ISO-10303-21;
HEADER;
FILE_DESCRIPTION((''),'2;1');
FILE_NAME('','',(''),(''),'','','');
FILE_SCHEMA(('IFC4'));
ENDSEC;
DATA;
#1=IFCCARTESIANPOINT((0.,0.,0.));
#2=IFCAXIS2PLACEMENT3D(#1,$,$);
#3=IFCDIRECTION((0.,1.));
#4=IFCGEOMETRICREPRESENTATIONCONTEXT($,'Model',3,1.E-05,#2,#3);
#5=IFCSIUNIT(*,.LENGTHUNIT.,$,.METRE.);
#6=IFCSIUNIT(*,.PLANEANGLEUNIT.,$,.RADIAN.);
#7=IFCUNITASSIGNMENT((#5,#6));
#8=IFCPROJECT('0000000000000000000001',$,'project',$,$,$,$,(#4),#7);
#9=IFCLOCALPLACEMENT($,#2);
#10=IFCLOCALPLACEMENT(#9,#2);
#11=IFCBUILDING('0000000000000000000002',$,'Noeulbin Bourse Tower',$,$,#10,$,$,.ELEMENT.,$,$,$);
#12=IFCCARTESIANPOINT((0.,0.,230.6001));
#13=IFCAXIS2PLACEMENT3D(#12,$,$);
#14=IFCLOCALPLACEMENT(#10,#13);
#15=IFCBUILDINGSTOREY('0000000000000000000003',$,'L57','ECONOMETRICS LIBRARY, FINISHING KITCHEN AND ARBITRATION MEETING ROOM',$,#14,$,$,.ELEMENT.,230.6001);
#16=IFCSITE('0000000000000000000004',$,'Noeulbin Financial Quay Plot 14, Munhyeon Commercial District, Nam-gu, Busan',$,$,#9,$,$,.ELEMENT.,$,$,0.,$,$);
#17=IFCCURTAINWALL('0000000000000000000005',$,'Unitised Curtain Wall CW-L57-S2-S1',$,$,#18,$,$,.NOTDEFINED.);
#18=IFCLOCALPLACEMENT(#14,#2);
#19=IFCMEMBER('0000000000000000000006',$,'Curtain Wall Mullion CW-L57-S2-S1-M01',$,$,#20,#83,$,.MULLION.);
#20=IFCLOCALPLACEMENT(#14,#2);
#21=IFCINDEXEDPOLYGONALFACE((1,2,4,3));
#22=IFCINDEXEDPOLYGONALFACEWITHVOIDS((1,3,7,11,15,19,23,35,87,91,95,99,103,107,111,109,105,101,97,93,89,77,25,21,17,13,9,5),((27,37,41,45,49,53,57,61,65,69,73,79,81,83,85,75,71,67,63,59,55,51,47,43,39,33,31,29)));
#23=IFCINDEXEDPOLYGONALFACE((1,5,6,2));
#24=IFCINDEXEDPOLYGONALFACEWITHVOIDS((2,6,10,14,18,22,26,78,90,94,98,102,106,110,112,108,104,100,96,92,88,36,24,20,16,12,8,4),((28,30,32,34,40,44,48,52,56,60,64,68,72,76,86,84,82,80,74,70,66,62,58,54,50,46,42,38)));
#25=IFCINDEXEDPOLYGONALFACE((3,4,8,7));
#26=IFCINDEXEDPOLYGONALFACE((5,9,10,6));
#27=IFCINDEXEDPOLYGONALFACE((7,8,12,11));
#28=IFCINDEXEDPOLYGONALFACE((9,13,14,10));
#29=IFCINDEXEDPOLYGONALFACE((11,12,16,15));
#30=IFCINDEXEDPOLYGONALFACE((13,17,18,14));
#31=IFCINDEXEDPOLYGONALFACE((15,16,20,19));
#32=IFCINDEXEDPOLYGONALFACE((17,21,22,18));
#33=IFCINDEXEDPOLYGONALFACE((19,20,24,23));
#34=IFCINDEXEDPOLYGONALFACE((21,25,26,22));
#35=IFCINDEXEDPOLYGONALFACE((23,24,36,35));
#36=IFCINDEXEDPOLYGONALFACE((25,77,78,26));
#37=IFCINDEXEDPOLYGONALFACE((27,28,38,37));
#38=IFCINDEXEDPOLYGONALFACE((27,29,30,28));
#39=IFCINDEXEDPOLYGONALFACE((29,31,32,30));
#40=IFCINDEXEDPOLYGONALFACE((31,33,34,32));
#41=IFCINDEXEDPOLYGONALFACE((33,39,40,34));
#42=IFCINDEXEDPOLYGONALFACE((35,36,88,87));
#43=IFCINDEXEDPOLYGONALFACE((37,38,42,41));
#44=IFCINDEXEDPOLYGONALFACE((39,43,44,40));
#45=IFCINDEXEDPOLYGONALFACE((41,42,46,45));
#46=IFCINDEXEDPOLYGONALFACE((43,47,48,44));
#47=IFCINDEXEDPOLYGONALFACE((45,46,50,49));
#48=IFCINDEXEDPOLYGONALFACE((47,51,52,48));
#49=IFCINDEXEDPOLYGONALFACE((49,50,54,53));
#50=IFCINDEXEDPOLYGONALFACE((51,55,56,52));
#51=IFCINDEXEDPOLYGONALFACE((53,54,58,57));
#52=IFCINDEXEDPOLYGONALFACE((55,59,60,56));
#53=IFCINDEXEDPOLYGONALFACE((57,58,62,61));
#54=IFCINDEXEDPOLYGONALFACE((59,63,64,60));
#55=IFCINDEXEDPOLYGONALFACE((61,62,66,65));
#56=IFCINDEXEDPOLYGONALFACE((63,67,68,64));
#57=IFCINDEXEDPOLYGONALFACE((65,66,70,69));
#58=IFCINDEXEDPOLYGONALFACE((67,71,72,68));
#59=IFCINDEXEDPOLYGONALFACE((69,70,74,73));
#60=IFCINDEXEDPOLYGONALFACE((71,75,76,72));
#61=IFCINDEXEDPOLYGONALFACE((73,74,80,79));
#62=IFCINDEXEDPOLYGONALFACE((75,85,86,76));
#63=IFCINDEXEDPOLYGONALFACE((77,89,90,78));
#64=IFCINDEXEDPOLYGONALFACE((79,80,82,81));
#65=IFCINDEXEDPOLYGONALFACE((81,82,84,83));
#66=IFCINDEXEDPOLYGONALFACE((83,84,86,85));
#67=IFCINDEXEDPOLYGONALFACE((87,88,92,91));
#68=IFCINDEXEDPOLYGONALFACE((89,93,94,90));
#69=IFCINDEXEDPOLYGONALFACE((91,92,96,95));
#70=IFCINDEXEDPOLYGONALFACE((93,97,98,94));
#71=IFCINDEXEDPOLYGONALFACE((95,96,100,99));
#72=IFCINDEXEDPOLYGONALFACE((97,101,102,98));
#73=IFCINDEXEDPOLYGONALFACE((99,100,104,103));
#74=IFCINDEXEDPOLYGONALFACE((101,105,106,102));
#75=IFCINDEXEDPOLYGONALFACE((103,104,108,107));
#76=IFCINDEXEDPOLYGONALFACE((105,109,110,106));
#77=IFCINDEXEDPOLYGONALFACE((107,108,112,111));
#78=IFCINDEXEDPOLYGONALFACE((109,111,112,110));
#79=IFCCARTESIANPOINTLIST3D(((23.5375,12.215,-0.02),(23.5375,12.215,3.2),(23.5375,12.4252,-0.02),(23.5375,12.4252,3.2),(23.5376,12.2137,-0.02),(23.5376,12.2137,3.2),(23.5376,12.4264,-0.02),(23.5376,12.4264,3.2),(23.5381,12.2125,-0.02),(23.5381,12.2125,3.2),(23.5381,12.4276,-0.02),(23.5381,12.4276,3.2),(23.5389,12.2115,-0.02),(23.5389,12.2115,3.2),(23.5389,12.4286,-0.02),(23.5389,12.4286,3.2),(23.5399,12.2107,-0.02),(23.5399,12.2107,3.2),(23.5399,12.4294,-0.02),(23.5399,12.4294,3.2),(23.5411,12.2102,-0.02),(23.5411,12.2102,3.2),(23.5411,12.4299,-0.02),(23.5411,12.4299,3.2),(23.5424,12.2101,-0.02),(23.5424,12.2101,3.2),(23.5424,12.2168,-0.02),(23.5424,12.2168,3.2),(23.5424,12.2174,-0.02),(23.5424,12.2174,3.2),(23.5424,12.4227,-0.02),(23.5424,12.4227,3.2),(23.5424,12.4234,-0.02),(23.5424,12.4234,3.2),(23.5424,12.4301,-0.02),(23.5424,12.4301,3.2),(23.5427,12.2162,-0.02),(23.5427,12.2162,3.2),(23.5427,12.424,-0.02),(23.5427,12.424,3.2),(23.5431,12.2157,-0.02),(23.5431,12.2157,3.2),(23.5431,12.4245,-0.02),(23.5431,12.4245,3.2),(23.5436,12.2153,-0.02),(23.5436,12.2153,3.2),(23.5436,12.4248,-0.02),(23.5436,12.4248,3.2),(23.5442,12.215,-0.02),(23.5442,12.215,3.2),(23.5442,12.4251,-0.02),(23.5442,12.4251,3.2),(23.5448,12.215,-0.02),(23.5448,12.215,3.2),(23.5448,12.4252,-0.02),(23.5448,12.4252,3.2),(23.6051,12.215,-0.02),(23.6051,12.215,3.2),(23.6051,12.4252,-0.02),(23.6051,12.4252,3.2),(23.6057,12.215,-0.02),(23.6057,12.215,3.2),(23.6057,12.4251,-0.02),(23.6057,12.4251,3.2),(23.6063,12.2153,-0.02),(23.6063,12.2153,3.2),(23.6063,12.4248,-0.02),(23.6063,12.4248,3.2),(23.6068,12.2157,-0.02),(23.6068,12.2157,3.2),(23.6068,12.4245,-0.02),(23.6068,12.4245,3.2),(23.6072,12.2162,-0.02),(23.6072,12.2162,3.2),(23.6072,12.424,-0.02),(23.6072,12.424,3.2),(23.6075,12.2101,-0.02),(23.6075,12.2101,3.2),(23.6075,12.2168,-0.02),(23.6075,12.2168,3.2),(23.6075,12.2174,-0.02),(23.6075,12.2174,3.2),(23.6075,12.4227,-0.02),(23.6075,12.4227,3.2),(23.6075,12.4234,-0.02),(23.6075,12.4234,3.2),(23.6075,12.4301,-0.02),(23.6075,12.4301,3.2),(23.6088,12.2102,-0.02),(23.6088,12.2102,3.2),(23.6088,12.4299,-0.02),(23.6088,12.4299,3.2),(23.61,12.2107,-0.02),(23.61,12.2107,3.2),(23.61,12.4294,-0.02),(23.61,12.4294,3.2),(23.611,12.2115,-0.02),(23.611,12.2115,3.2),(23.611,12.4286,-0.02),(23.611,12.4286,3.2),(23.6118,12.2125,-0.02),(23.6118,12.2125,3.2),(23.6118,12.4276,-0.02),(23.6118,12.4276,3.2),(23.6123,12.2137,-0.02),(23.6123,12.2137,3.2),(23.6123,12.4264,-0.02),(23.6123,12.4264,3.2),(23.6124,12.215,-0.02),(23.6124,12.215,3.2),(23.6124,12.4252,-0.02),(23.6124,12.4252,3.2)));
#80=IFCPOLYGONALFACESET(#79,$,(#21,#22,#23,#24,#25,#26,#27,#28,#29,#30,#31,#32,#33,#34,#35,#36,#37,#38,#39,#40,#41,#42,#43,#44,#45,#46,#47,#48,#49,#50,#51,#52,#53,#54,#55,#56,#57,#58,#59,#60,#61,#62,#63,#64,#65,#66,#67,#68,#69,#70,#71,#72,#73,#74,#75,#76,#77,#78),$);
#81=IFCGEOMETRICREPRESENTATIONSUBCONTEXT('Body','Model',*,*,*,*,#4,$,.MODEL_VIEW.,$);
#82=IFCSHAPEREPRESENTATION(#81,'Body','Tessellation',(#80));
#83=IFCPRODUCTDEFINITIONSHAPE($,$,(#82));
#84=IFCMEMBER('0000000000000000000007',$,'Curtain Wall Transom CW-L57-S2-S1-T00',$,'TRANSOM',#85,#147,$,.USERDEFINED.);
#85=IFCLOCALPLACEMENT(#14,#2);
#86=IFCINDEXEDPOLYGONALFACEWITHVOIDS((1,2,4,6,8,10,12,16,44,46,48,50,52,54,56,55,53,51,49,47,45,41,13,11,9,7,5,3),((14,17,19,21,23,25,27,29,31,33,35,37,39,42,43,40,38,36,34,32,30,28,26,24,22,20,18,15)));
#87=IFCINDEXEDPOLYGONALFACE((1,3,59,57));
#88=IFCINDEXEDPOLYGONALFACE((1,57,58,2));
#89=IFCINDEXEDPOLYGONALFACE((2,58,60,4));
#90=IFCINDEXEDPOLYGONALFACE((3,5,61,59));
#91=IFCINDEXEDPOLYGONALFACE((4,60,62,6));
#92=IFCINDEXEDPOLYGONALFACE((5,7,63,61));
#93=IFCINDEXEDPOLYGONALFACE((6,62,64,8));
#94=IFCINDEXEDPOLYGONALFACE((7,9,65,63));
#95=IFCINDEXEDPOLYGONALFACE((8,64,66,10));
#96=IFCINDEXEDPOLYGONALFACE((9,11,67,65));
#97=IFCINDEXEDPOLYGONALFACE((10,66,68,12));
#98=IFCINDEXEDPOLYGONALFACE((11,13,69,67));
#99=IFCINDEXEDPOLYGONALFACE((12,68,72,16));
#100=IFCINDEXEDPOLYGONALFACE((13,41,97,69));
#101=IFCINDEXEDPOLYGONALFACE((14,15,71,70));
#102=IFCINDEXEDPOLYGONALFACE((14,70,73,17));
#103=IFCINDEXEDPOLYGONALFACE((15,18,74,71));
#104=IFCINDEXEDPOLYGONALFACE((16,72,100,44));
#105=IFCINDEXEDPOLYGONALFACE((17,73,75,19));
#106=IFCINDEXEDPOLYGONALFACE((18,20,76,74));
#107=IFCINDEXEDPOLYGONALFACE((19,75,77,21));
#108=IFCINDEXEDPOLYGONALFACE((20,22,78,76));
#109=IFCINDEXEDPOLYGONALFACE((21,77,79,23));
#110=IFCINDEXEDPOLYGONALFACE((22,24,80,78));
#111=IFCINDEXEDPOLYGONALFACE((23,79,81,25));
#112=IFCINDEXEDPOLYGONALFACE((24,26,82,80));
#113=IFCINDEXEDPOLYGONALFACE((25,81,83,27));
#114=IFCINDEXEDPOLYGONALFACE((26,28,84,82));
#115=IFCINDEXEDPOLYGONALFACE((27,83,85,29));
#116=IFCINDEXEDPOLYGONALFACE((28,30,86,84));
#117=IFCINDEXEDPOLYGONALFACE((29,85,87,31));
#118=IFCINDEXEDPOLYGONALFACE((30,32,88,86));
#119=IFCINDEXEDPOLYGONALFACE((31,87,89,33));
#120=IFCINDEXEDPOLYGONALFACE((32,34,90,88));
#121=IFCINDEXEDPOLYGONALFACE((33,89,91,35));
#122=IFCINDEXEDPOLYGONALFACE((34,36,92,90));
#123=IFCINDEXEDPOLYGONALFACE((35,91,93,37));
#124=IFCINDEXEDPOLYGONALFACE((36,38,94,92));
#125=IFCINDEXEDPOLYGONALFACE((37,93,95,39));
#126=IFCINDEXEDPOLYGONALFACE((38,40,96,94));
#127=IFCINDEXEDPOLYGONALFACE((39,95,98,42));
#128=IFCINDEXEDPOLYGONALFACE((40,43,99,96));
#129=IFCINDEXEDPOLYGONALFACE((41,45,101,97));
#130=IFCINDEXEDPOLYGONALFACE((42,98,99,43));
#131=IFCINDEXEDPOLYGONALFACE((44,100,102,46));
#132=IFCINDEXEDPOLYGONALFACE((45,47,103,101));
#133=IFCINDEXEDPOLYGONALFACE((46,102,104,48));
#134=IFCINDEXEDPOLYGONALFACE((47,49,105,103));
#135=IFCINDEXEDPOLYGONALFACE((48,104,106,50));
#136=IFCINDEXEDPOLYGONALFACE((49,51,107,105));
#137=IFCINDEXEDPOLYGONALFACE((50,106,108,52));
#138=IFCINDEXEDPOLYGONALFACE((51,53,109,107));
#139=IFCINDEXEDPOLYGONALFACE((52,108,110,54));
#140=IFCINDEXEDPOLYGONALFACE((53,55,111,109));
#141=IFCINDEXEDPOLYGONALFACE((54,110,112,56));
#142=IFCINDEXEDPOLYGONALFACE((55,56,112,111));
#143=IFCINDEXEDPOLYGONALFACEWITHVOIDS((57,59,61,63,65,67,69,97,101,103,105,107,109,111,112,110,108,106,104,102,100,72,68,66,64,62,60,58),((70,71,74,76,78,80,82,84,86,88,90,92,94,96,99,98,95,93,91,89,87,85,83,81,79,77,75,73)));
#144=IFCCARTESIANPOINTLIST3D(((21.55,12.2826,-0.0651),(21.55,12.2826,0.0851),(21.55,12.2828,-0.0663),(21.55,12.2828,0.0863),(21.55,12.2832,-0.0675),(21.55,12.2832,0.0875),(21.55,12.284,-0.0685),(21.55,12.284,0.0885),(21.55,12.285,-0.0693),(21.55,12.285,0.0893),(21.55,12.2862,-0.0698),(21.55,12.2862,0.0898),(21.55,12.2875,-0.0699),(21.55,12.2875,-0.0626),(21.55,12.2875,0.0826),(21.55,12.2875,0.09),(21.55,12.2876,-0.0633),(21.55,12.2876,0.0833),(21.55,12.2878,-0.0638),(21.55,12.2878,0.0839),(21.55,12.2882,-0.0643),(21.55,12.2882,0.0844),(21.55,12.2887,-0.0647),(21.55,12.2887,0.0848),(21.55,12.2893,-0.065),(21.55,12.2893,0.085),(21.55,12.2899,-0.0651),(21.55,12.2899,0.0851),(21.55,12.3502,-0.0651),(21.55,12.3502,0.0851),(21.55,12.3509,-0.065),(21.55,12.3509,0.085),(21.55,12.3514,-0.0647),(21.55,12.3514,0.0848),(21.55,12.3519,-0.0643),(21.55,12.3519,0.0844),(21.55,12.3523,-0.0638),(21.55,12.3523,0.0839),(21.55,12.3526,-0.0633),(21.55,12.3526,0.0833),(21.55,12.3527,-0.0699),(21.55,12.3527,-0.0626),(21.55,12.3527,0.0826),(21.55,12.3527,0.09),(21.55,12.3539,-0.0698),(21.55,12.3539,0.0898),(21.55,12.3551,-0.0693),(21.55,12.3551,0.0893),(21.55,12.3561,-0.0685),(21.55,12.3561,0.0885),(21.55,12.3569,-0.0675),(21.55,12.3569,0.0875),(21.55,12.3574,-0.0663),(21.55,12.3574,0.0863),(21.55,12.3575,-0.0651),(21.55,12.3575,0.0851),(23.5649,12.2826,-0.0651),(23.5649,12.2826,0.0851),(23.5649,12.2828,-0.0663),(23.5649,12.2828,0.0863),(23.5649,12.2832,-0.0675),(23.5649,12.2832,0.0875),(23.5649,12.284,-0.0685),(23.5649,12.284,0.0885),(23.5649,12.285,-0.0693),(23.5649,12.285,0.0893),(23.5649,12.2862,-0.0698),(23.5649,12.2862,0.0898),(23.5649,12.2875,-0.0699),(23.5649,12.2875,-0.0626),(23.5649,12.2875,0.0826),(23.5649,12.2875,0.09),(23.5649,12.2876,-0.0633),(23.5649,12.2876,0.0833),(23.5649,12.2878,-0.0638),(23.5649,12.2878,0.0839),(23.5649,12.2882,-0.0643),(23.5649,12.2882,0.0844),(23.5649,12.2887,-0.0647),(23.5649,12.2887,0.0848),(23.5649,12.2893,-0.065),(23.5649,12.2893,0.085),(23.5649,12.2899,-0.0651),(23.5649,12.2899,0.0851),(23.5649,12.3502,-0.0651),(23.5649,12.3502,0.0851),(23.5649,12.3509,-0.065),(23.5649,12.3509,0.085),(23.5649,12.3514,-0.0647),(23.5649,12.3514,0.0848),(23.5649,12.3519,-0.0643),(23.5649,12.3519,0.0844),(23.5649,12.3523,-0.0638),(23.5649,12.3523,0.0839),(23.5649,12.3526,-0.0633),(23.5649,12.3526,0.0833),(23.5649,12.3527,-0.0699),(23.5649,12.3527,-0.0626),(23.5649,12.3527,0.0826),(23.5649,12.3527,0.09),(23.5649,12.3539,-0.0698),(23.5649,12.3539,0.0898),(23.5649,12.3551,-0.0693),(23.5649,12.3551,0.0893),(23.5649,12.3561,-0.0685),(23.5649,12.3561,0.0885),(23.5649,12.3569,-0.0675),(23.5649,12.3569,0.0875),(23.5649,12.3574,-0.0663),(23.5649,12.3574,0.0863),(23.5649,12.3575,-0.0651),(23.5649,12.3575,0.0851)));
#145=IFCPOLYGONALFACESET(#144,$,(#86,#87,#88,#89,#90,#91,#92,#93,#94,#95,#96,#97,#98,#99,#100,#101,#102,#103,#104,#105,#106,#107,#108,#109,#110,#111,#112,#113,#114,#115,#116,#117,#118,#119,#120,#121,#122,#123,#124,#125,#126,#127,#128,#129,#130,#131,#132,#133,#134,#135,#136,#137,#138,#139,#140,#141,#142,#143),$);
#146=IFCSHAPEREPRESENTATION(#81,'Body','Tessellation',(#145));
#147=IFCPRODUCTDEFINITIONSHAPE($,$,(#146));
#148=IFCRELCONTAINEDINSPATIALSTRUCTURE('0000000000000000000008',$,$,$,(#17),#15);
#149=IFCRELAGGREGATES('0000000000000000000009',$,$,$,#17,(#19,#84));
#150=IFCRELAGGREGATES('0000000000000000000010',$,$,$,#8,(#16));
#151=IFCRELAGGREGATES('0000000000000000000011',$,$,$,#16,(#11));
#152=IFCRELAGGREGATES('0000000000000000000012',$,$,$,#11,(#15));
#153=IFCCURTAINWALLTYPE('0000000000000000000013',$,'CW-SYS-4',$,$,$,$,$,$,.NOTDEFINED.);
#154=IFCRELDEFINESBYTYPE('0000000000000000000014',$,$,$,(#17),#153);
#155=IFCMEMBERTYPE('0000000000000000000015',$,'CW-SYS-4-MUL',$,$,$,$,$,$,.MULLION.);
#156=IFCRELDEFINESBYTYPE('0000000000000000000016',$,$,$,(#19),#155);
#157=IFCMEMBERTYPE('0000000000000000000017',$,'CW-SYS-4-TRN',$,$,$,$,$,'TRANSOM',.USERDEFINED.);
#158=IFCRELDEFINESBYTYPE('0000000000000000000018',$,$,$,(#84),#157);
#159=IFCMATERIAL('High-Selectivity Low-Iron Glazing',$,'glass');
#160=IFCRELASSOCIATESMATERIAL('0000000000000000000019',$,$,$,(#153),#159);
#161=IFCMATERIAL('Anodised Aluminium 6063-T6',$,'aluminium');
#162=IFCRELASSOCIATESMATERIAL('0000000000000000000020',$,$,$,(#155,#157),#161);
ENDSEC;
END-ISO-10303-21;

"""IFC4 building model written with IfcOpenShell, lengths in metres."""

from ifc_helpers import new_model, si_unit, direction, frame, origin, origin_2d, place, context, subcontext, project, spatial, hollow_rectangle, extrude, material, material_profile, profile_set, type_object, element, aggregate, save


model = new_model("IFC4")

# Units and contexts
model_context = context("Model", 3, precision=1e-05, world=origin(), true_north=direction((0.0, 1.0)))
body_context = subcontext(model_context, "Body", "Model", "MODEL_VIEW")
ifc_project = project(units=[si_unit("LENGTHUNIT", "METRE"), si_unit("PLANEANGLEUNIT", "RADIAN")], contexts=[model_context])

# Site, building, storey
site_placement = place(None, origin())
site = spatial("IfcSite", under=ifc_project, at=site_placement, Name="Noeulbin Financial Quay Plot 14, Munhyeon Commercial District, Nam-gu, Busan", CompositionType="ELEMENT", RefElevation=0.0)
building_placement = place(site_placement, origin())
building = spatial("IfcBuilding", under=site, at=building_placement, Name="Noeulbin Bourse Tower", CompositionType="ELEMENT")
storey_placement = place(building_placement, frame((0.0, 0.0, 230.6001)))
storey = spatial("IfcBuildingStorey", under=building, at=storey_placement, Name="L57", Description="ECONOMETRICS LIBRARY, FINISHING KITCHEN AND ARBITRATION MEETING ROOM", CompositionType="ELEMENT", Elevation=230.6001)

# Shared definitions
ifc_material_1 = material(Name="High-Selectivity Low-Iron Glazing", Category="glass")
curtain_wall_type = type_object("IfcCurtainWallType", Name="CW-SYS-4", PredefinedType="NOTDEFINED", material=ifc_material_1)
ifc_material_2 = material(Name="Anodised Aluminium 6063-T6", Category="aluminium")
ifc_material_profile_1 = material_profile(ifc_material_2, hollow_rectangle(XDim=0.075, YDim=0.22, WallThickness=0.0049, InnerFilletRadius=0.0024, OuterFilletRadius=0.0049, at=origin_2d()), Name="ALU-MULL-75x220x5", Category="LoadBearing")
ifc_profile_set_1 = profile_set([ifc_material_profile_1], Name="Anodised Aluminium 6063-T6")
member_type_1 = type_object("IfcMemberType", Name="CW-SYS-4-MUL", PredefinedType="MULLION", material=ifc_profile_set_1)

# Curtain wall, members
curtain_wall_1_placement = place(storey_placement, origin())
curtain_wall_1 = element("IfcCurtainWall", 1, at=curtain_wall_1_placement, inside=storey, type_object=curtain_wall_type, Name="Unitised Curtain Wall CW-L57-S2-S1", PredefinedType="NOTDEFINED")
member_1_placement = place(storey_placement, frame((23.575, 12.3201, -0.02), z_axis=(0.0, 0.0, 1.0), x_axis=(1.0, 0.0, 0.0)))
member_1 = element("IfcMember", 2, at=member_1_placement, type_object=member_type_1, Name="Curtain Wall Mullion CW-L57-S2-S1-M01", PredefinedType="MULLION", context=body_context, shape_type="SweptSolid", body=[
    extrude(hollow_rectangle(XDim=0.075, YDim=0.22, WallThickness=0.0049, InnerFilletRadius=0.0024, OuterFilletRadius=0.0049, at=origin_2d()), origin(), (0.0, 0.0, 1.0), 3.22),
])
ifc_material_profile_2 = material_profile(ifc_material_2, hollow_rectangle(XDim=0.075, YDim=0.1599, WallThickness=0.0049, InnerFilletRadius=0.0024, OuterFilletRadius=0.0049, at=origin_2d()), Name="ALU-TRAN-75x160x5", Category="LoadBearing")
ifc_profile_set_2 = profile_set([ifc_material_profile_2], Name="Anodised Aluminium 6063-T6")
member_type_2 = type_object("IfcMemberType", Name="CW-SYS-4-TRN", ElementType="TRANSOM", PredefinedType="USERDEFINED", material=ifc_profile_set_2)
member_2_placement = place(storey_placement, frame((21.55, 12.3201, 0.01), z_axis=(1.0, 0.0, 0.0), x_axis=(0.0, 1.0, 0.0)))
member_2 = element("IfcMember", 3, at=member_2_placement, type_object=member_type_2, Name="Curtain Wall Transom CW-L57-S2-S1-T00", ObjectType="TRANSOM", PredefinedType="USERDEFINED", context=body_context, shape_type="SweptSolid", body=[
    extrude(hollow_rectangle(XDim=0.075, YDim=0.1599, WallThickness=0.0049, InnerFilletRadius=0.0024, OuterFilletRadius=0.0049, at=origin_2d()), origin(), (0.0, 0.0, 1.0), 2.0149),
])

aggregate(curtain_wall_1, [member_1, member_2])

save(model, "model.ifc")
